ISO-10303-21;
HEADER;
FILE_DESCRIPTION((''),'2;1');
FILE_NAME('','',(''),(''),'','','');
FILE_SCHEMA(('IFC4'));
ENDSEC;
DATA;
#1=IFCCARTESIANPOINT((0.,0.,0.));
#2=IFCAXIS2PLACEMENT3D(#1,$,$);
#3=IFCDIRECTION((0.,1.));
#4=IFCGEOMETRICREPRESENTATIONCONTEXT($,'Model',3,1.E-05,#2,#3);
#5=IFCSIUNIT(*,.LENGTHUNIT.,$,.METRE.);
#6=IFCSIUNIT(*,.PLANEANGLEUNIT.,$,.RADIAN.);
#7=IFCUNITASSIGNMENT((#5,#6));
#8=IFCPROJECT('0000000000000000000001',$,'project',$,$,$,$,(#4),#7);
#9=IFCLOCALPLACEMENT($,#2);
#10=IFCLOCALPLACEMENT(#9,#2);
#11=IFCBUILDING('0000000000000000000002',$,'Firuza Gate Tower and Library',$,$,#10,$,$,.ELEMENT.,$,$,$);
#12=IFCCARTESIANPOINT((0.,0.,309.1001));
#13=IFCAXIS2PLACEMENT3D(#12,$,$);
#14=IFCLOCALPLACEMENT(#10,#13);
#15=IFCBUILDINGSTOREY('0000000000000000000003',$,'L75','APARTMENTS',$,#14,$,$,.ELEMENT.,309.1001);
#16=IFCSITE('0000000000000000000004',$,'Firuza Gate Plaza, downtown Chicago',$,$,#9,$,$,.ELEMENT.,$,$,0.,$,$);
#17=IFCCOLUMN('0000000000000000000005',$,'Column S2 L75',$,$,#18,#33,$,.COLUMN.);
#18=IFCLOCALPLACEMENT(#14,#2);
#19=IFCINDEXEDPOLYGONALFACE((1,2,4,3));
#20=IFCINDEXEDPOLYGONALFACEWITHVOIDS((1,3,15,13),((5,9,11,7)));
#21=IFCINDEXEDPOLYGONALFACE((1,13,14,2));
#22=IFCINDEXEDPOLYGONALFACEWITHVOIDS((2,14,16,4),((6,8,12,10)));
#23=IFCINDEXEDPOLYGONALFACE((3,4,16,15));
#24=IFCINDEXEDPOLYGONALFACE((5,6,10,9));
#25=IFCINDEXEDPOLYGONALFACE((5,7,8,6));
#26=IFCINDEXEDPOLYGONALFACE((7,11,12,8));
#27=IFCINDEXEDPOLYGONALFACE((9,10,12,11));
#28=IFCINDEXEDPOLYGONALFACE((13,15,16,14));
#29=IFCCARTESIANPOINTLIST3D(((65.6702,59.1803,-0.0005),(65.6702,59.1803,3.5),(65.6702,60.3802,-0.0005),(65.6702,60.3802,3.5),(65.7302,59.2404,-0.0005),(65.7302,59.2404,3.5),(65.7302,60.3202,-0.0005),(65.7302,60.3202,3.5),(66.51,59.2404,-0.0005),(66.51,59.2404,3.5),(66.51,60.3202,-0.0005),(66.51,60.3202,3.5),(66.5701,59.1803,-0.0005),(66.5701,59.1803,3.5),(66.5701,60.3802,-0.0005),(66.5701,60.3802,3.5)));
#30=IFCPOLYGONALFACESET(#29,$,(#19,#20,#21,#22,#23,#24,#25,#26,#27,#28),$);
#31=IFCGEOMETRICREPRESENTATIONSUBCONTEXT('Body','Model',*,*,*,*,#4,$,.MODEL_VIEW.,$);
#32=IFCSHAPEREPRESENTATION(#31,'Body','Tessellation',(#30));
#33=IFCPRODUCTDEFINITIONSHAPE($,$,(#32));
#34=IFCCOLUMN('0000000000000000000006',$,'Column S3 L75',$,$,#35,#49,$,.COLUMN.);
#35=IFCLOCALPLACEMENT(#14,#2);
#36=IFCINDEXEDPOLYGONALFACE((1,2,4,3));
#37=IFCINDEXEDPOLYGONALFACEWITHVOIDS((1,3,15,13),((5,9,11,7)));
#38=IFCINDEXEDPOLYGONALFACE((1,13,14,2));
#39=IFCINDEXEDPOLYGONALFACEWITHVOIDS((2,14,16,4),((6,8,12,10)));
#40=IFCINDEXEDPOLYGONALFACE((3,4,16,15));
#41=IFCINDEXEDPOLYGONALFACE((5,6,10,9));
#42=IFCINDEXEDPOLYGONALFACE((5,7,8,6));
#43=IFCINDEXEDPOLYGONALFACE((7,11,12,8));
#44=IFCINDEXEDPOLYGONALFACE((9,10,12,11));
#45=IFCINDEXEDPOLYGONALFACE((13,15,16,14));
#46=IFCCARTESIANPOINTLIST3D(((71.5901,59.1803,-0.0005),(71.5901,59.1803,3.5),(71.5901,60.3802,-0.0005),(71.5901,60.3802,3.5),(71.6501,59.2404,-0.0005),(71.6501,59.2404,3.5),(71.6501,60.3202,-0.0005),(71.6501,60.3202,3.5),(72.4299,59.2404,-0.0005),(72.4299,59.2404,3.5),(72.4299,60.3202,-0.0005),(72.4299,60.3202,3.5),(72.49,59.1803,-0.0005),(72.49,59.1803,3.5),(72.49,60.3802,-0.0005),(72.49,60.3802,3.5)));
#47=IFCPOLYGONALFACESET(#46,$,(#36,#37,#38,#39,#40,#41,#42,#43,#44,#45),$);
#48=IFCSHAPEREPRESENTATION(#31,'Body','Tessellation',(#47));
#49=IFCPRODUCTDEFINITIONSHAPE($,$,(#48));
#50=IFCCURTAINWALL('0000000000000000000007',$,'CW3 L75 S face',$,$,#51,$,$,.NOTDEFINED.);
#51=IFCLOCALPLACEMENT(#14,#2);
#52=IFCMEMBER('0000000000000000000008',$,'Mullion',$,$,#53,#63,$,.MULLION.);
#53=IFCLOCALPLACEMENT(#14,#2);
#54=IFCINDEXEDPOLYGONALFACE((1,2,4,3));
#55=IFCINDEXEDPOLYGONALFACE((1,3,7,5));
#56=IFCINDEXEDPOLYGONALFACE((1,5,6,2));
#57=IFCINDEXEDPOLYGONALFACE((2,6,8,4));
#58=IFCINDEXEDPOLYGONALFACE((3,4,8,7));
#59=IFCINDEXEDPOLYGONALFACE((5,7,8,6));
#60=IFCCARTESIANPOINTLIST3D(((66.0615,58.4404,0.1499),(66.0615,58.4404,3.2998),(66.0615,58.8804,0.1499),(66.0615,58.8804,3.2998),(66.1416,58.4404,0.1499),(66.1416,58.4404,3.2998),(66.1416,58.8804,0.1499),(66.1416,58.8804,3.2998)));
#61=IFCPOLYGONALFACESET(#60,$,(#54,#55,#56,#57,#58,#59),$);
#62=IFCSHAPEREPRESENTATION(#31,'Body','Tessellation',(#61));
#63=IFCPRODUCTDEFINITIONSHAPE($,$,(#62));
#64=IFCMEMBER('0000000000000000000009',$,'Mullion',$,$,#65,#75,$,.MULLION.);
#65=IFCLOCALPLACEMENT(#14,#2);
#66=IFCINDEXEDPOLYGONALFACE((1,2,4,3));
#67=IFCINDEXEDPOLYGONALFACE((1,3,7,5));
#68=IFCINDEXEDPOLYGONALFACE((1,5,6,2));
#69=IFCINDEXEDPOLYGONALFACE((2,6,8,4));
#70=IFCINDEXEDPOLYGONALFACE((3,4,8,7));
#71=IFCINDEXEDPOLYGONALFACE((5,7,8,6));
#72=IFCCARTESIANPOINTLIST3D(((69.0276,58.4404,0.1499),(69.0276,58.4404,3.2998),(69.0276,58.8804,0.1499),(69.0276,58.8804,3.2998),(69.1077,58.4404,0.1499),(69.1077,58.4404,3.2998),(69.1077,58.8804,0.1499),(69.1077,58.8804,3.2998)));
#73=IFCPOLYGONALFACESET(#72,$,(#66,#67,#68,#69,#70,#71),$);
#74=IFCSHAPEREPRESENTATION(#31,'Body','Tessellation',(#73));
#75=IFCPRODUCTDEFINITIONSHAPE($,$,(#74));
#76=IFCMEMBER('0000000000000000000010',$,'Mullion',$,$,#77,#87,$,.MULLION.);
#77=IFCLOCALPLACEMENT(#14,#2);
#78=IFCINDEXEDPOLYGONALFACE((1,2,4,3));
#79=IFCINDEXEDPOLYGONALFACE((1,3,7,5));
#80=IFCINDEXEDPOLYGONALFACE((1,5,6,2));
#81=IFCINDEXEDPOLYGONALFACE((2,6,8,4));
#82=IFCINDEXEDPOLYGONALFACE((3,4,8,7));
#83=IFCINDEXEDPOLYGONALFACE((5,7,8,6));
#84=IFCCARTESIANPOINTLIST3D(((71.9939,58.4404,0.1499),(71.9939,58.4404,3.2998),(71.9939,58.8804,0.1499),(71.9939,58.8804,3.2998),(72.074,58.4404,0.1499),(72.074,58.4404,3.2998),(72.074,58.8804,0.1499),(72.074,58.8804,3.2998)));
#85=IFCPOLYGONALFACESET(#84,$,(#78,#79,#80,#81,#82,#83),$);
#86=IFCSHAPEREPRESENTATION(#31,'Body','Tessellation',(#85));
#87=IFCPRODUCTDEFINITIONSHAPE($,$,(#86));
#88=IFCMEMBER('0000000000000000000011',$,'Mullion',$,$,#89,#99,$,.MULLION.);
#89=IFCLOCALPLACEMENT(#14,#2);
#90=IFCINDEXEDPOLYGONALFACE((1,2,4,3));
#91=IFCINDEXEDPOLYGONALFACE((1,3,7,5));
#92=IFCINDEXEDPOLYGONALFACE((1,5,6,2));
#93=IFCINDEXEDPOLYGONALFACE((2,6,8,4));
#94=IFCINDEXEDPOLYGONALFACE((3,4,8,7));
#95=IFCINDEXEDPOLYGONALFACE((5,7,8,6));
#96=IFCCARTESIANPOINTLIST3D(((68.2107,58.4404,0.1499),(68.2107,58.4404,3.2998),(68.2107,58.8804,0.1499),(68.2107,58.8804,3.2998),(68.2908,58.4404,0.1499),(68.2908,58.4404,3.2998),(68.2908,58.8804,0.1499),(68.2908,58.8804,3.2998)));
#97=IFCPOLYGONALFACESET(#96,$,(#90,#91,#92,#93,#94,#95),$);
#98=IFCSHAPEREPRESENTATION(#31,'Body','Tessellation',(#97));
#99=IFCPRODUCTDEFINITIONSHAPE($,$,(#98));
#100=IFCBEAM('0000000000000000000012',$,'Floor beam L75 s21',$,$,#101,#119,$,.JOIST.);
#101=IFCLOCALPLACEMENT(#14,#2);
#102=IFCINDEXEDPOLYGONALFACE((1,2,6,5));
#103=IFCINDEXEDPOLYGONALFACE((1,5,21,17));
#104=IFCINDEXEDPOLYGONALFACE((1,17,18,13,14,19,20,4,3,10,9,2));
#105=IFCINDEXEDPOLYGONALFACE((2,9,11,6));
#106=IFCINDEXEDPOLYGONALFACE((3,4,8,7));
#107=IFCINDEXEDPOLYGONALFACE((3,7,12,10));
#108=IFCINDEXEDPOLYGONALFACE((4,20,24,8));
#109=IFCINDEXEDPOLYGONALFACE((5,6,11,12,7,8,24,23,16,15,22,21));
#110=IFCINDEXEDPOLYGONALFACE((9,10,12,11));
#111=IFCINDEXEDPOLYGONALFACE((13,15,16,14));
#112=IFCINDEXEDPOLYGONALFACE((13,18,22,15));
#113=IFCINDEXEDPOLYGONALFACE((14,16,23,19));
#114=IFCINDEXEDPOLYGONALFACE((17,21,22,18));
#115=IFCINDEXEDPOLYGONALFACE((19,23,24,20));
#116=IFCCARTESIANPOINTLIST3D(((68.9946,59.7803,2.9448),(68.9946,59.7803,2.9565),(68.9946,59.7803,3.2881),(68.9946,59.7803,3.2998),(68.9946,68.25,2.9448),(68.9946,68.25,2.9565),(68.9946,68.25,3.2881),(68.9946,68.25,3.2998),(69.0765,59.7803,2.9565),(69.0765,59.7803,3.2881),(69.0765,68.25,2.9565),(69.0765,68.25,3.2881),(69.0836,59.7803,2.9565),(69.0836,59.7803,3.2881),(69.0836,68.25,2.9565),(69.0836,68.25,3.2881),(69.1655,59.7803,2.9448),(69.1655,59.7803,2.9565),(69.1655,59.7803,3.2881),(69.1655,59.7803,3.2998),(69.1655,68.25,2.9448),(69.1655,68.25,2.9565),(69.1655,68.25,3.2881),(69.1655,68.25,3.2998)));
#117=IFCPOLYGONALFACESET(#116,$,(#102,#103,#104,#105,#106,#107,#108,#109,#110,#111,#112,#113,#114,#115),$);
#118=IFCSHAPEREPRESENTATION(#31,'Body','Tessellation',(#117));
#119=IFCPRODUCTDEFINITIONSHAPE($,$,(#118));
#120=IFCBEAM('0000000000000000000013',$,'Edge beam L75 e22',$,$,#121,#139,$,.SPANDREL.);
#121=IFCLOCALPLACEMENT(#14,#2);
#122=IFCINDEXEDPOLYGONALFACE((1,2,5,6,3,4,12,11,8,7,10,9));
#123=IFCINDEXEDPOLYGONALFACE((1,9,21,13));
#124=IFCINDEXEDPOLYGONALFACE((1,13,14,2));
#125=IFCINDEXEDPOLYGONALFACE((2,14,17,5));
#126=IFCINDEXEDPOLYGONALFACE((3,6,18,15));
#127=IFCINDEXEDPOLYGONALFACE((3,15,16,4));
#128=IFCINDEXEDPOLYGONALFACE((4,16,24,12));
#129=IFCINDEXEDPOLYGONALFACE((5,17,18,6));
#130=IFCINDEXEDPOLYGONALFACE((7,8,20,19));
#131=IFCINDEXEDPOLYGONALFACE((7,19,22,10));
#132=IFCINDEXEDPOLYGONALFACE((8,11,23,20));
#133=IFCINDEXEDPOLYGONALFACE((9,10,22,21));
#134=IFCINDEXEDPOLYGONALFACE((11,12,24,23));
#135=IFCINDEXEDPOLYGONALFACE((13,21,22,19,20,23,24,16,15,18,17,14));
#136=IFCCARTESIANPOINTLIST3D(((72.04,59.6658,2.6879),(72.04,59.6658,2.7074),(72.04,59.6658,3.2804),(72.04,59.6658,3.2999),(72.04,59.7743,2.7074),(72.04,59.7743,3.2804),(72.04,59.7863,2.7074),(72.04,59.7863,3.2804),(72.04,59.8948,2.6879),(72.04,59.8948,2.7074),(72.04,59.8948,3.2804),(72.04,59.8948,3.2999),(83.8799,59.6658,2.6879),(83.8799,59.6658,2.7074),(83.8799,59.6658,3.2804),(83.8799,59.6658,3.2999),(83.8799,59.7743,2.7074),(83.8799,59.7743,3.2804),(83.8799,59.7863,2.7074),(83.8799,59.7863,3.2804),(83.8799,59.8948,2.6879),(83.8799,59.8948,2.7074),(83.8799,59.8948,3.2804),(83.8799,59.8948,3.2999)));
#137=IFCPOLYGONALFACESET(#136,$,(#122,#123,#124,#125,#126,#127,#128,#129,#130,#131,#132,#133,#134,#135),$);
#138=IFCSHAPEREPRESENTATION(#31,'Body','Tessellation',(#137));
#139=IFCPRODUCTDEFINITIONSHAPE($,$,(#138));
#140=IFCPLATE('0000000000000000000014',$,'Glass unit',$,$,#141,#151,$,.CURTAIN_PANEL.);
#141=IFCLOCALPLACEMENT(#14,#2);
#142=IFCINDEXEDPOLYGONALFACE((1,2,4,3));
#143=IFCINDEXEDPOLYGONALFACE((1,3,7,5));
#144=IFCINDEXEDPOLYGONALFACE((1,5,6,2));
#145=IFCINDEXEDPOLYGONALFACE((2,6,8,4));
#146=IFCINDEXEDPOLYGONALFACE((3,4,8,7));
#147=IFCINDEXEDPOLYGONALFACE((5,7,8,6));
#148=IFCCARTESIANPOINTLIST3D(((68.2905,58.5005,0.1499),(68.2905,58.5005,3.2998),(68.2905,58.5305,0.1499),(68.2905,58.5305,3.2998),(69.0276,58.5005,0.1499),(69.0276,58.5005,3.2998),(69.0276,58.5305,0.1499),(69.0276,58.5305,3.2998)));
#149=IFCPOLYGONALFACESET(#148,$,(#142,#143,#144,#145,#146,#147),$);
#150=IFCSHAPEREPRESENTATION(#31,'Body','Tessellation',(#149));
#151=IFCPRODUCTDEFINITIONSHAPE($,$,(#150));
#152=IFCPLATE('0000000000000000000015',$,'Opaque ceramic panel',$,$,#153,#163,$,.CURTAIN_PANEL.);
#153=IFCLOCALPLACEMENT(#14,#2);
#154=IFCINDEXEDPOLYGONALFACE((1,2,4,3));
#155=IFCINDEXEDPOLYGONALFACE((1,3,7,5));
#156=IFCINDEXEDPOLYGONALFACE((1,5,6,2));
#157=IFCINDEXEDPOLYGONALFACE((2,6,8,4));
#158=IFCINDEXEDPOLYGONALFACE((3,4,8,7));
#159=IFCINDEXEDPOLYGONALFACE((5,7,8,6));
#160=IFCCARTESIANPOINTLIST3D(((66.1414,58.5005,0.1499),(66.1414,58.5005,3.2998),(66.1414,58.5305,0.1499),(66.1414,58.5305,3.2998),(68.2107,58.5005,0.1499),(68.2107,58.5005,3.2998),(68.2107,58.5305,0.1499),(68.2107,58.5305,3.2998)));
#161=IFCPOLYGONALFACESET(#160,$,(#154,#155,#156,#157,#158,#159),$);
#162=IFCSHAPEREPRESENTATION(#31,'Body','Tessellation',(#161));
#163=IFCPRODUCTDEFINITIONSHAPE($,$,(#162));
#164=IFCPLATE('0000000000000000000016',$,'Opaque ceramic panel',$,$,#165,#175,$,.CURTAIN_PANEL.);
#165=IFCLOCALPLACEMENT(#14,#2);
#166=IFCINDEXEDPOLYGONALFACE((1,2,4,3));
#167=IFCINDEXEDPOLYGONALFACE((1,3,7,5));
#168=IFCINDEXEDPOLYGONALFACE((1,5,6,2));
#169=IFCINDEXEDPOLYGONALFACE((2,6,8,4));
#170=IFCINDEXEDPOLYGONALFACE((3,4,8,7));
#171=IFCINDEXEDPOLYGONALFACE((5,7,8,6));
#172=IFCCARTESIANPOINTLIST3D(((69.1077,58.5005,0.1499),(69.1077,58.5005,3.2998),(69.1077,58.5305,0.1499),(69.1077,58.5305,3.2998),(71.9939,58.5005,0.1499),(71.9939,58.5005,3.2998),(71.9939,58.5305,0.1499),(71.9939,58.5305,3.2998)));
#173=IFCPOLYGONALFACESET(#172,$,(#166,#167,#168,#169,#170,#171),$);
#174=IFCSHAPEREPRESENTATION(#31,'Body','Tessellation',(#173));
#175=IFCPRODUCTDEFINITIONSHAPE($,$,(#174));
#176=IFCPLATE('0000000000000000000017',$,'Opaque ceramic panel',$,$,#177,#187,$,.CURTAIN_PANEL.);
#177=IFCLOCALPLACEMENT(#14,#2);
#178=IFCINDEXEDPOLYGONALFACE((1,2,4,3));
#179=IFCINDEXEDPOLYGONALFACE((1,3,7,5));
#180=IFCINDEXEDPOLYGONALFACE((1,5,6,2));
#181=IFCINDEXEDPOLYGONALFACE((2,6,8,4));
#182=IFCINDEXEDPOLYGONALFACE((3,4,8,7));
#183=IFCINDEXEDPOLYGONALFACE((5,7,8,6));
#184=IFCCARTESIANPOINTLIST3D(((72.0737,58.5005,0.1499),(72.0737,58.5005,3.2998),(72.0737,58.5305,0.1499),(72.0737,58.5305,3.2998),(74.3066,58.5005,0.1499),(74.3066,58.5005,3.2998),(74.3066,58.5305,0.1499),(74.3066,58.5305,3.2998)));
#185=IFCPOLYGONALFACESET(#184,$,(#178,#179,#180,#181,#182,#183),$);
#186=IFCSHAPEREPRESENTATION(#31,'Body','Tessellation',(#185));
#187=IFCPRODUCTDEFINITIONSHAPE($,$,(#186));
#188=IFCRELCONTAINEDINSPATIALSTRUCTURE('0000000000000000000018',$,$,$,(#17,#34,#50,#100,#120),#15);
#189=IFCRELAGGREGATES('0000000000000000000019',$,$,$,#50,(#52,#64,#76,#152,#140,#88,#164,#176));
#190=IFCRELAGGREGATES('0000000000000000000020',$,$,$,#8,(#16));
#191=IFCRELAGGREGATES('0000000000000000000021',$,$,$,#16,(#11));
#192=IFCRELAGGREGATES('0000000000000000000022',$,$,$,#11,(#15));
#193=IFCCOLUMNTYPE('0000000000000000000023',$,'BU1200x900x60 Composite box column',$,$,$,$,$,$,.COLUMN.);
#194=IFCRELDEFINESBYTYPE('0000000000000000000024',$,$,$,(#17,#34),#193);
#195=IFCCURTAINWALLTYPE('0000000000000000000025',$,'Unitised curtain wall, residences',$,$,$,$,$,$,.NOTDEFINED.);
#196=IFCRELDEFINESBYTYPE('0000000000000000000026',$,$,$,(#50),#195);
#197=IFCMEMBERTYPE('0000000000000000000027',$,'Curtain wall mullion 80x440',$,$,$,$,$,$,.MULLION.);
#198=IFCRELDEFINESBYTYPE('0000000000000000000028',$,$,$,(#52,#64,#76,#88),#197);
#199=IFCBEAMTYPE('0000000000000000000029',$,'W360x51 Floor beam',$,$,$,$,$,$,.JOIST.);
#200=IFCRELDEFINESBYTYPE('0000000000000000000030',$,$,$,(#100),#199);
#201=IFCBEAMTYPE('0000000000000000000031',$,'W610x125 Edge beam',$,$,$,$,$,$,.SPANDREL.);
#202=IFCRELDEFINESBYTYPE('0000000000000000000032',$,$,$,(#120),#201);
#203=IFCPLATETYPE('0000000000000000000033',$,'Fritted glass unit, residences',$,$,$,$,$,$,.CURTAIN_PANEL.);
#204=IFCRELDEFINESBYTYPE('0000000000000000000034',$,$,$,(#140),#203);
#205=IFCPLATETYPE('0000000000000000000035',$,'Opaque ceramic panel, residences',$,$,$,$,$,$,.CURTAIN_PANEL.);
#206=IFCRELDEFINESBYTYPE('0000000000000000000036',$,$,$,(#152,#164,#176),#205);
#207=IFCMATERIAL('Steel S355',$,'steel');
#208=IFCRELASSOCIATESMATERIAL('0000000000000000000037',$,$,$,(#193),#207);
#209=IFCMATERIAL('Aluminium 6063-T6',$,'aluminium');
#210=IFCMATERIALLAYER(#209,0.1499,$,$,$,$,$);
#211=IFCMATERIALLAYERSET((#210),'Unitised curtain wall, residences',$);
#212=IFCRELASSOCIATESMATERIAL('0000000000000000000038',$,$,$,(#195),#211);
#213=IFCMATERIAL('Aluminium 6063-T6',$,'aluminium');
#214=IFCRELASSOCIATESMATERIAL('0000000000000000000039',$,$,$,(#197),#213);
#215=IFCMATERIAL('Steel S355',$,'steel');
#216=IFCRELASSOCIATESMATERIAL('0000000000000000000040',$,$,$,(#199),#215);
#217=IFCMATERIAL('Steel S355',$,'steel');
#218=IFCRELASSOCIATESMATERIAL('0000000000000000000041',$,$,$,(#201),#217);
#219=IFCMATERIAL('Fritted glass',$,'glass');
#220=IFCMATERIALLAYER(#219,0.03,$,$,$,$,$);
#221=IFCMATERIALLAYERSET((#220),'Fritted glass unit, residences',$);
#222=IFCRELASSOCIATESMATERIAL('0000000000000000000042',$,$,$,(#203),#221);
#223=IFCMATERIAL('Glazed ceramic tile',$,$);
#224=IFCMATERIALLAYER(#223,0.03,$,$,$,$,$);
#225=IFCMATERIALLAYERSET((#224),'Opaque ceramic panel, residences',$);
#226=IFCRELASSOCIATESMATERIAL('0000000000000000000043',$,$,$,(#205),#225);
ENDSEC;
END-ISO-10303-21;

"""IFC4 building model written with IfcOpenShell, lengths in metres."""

from ifc_helpers import new_model, si_unit, direction, frame, origin, origin_2d, place, context, subcontext, project, spatial, polyline, rectangle, hollow_rectangle, i_section, outline, extrude, material, layer, layer_set, material_profile, profile_set, type_object, element, aggregate, save


model = new_model("IFC4")

# Units and contexts
model_context = context("Model", 3, precision=1e-05, world=origin(), true_north=direction((0.0, 1.0)))
body_context = subcontext(model_context, "Body", "Model", "MODEL_VIEW")
ifc_project = project(units=[si_unit("LENGTHUNIT", "METRE"), si_unit("PLANEANGLEUNIT", "RADIAN")], contexts=[model_context])

# Site, building, storey
site_placement = place(None, origin())
site = spatial("IfcSite", under=ifc_project, at=site_placement, Name="Firuza Gate Plaza, downtown Chicago", CompositionType="ELEMENT", RefElevation=0.0)
building_placement = place(site_placement, origin())
building = spatial("IfcBuilding", under=site, at=building_placement, Name="Firuza Gate Tower and Library", CompositionType="ELEMENT")
storey_placement = place(building_placement, frame((0.0, 0.0, 309.1001)))
storey = spatial("IfcBuildingStorey", under=building, at=storey_placement, Name="L75", Description="APARTMENTS", CompositionType="ELEMENT", Elevation=309.1001)

# Columns
ifc_material_1 = material(Name="Steel S355", Category="steel")
ifc_material_profile_1 = material_profile(ifc_material_1, hollow_rectangle(XDim=0.8999, YDim=1.2, WallThickness=0.0601, at=origin_2d()))
ifc_profile_set_1 = profile_set([ifc_material_profile_1], Name="Steel S355")
column_type = type_object("IfcColumnType", Name="BU1200x900x60 Composite box column", PredefinedType="COLUMN", material=ifc_profile_set_1)
for number, where, z_axis, x_axis, name in (
    (1, (66.1201, 59.7803, -0.0005), (0.0, 0.0, 1.0), (1.0, 0.0, 0.0), "Column S2 L75"),
    (2, (72.04, 59.7803, -0.0005), (0.0, 0.0, 1.0), (1.0, 0.0, 0.0), "Column S3 L75"),
):
    element("IfcColumn", number, at=place(storey_placement, frame(where, z_axis=z_axis, x_axis=x_axis)), inside=storey, type_object=column_type, Name=name, PredefinedType="COLUMN", context=body_context, shape_type="SweptSolid", body=[
        extrude(hollow_rectangle(XDim=0.8999, YDim=1.2, WallThickness=0.0601, at=origin_2d()), origin(), (0.0, 0.0, 1.0), 3.5005),
    ])

# Curtain wall, members
ifc_material_2 = material(Name="Aluminium 6063-T6", Category="aluminium")
ifc_layer_1 = layer(ifc_material_2, 0.1499)
ifc_layer_set_1 = layer_set([ifc_layer_1], Name="Unitised curtain wall, residences")
curtain_wall_type = type_object("IfcCurtainWallType", Name="Unitised curtain wall, residences", PredefinedType="NOTDEFINED", material=ifc_layer_set_1)
curtain_wall_placement = place(storey_placement, origin())
curtain_wall = element("IfcCurtainWall", 3, at=curtain_wall_placement, inside=storey, type_object=curtain_wall_type, Name="CW3 L75 S face", PredefinedType="NOTDEFINED")
ifc_material_3 = material(Name="Aluminium 6063-T6", Category="aluminium")
ifc_material_profile_2 = material_profile(ifc_material_3, rectangle(XDim=0.4399, YDim=0.0801, at=origin_2d()))
ifc_profile_set_2 = profile_set([ifc_material_profile_2], Name="Aluminium 6063-T6")
member_type = type_object("IfcMemberType", Name="Curtain wall mullion 80x440", PredefinedType="MULLION", material=ifc_profile_set_2)
member_1_placement = place(storey_placement, frame((66.1016, 58.6604, 0.1499), z_axis=(0.0, 0.0, 1.0), x_axis=(0.0, 1.0, 0.0)))
member_1 = element("IfcMember", 4, at=member_1_placement, type_object=member_type, Name="Mullion", PredefinedType="MULLION", context=body_context, shape_type="SweptSolid", body=[
    extrude(rectangle(XDim=0.4399, YDim=0.0801, at=origin_2d()), origin(), (0.0, 0.0, 1.0), 3.1499),
])
member_2_placement = place(storey_placement, frame((69.0676, 58.6604, 0.1499), z_axis=(0.0, 0.0, 1.0), x_axis=(0.0, 1.0, 0.0)))
member_2 = element("IfcMember", 5, at=member_2_placement, type_object=member_type, Name="Mullion", PredefinedType="MULLION", context=body_context, shape_type="SweptSolid", body=[
    extrude(rectangle(XDim=0.4399, YDim=0.0801, at=origin_2d()), origin(), (0.0, 0.0, 1.0), 3.1499),
])
member_3_placement = place(storey_placement, frame((72.0339, 58.6604, 0.1499), z_axis=(0.0, 0.0, 1.0), x_axis=(0.0, 1.0, 0.0)))
member_3 = element("IfcMember", 6, at=member_3_placement, type_object=member_type, Name="Mullion", PredefinedType="MULLION", context=body_context, shape_type="SweptSolid", body=[
    extrude(rectangle(XDim=0.4399, YDim=0.0801, at=origin_2d()), origin(), (0.0, 0.0, 1.0), 3.1499),
])
member_4_placement = place(storey_placement, frame((68.2507, 58.6604, 0.1499), z_axis=(0.0, 0.0, 1.0), x_axis=(0.0, 1.0, 0.0)))
member_4 = element("IfcMember", 7, at=member_4_placement, type_object=member_type, Name="Mullion", PredefinedType="MULLION", context=body_context, shape_type="SweptSolid", body=[
    extrude(rectangle(XDim=0.4399, YDim=0.0801, at=origin_2d()), origin(), (0.0, 0.0, 1.0), 3.1499),
])

# Beams
ifc_material_4 = material(Name="Steel S355", Category="steel")
ifc_material_profile_3 = material_profile(ifc_material_4, i_section(OverallWidth=0.1709, OverallDepth=0.355, WebThickness=0.0071, FlangeThickness=0.0117, at=origin_2d()))
ifc_profile_set_3 = profile_set([ifc_material_profile_3], Name="Steel S355")
beam_type_1 = type_object("IfcBeamType", Name="W360x51 Floor beam", PredefinedType="JOIST", material=ifc_profile_set_3)
beam_1_placement = place(storey_placement, frame((69.0801, 59.7803, 3.1223), z_axis=(0.0, 1.0, 0.0), x_axis=(-1.0, 0.0, 0.0)))
element("IfcBeam", 8, at=beam_1_placement, inside=storey, type_object=beam_type_1, Name="Floor beam L75 s21", PredefinedType="JOIST", context=body_context, shape_type="SweptSolid", body=[
    extrude(i_section(OverallWidth=0.1709, OverallDepth=0.355, WebThickness=0.0071, FlangeThickness=0.0117, at=origin_2d()), origin(), (0.0, 0.0, 1.0), 8.4697),
])
ifc_material_5 = material(Name="Steel S355", Category="steel")
ifc_material_profile_4 = material_profile(ifc_material_5, i_section(OverallWidth=0.229, OverallDepth=0.6121, WebThickness=0.012, FlangeThickness=0.0195, at=origin_2d()))
ifc_profile_set_4 = profile_set([ifc_material_profile_4], Name="Steel S355")
beam_type_2 = type_object("IfcBeamType", Name="W610x125 Edge beam", PredefinedType="SPANDREL", material=ifc_profile_set_4)
beam_2_placement = place(storey_placement, frame((72.04, 59.7803, 2.9939), z_axis=(1.0, 0.0, 0.0), x_axis=(0.0, 1.0, 0.0)))
element("IfcBeam", 9, at=beam_2_placement, inside=storey, type_object=beam_type_2, Name="Edge beam L75 e22", PredefinedType="SPANDREL", context=body_context, shape_type="SweptSolid", body=[
    extrude(i_section(OverallWidth=0.229, OverallDepth=0.6121, WebThickness=0.012, FlangeThickness=0.0195, at=origin_2d()), origin(), (0.0, 0.0, 1.0), 11.8398),
])

# Plates
ifc_material_6 = material(Name="Fritted glass", Category="glass")
ifc_layer_2 = layer(ifc_material_6, 0.03)
ifc_layer_set_2 = layer_set([ifc_layer_2], Name="Fritted glass unit, residences")
plate_type_1 = type_object("IfcPlateType", Name="Fritted glass unit, residences", PredefinedType="CURTAIN_PANEL", material=ifc_layer_set_2)
plate_1_placement = place(storey_placement, frame((68.2905, 58.5005, 0.1499), z_axis=(0.0, -1.0, 0.0), x_axis=(1.0, 0.0, 0.0)))
plate_1 = element("IfcPlate", 10, at=plate_1_placement, type_object=plate_type_1, Name="Glass unit", PredefinedType="CURTAIN_PANEL", context=body_context, shape_type="SweptSolid", body=[
    extrude(outline(polyline([(0.0, 0.0), (0.7371, 0.0), (0.7371, 3.1499), (0.0, 3.1499), (0.0, 0.0)])), origin(), (0.0, 0.0, -1.0), 0.03),
])
ifc_material_7 = material(Name="Glazed ceramic tile")
ifc_layer_3 = layer(ifc_material_7, 0.03)
ifc_layer_set_3 = layer_set([ifc_layer_3], Name="Opaque ceramic panel, residences")
plate_type_2 = type_object("IfcPlateType", Name="Opaque ceramic panel, residences", PredefinedType="CURTAIN_PANEL", material=ifc_layer_set_3)
plate_2_placement = place(storey_placement, frame((66.1414, 58.5005, 0.1499), z_axis=(0.0, -1.0, 0.0), x_axis=(1.0, 0.0, 0.0)))
plate_2 = element("IfcPlate", 11, at=plate_2_placement, type_object=plate_type_2, Name="Opaque ceramic panel", PredefinedType="CURTAIN_PANEL", context=body_context, shape_type="SweptSolid", body=[
    extrude(outline(polyline([(0.0, 0.0), (2.0693, 0.0), (2.0693, 3.1499), (0.0, 3.1499), (0.0, 0.0)])), origin(), (0.0, 0.0, -1.0), 0.03),
])
plate_3_placement = place(storey_placement, frame((69.1077, 58.5005, 0.1499), z_axis=(0.0, -1.0, 0.0), x_axis=(1.0, 0.0, 0.0)))
plate_3 = element("IfcPlate", 12, at=plate_3_placement, type_object=plate_type_2, Name="Opaque ceramic panel", PredefinedType="CURTAIN_PANEL", context=body_context, shape_type="SweptSolid", body=[
    extrude(outline(polyline([(0.0, 0.0), (2.8862, 0.0), (2.8862, 3.1499), (0.0, 3.1499), (0.0, 0.0)])), origin(), (0.0, 0.0, -1.0), 0.03),
])
plate_4_placement = place(storey_placement, frame((72.0737, 58.5005, 0.1499), z_axis=(0.0, -1.0, 0.0), x_axis=(1.0, 0.0, 0.0)))
plate_4 = element("IfcPlate", 13, at=plate_4_placement, type_object=plate_type_2, Name="Opaque ceramic panel", PredefinedType="CURTAIN_PANEL", context=body_context, shape_type="SweptSolid", body=[
    extrude(outline(polyline([(0.0, 0.0), (2.2329, 0.0), (2.2329, 3.1499), (0.0, 3.1499), (0.0, 0.0)])), origin(), (0.0, 0.0, -1.0), 0.03),
])
aggregate(curtain_wall, [member_1, member_2, member_3, plate_2, plate_1, member_4, plate_3, plate_4])

save(model, "model.ifc")
